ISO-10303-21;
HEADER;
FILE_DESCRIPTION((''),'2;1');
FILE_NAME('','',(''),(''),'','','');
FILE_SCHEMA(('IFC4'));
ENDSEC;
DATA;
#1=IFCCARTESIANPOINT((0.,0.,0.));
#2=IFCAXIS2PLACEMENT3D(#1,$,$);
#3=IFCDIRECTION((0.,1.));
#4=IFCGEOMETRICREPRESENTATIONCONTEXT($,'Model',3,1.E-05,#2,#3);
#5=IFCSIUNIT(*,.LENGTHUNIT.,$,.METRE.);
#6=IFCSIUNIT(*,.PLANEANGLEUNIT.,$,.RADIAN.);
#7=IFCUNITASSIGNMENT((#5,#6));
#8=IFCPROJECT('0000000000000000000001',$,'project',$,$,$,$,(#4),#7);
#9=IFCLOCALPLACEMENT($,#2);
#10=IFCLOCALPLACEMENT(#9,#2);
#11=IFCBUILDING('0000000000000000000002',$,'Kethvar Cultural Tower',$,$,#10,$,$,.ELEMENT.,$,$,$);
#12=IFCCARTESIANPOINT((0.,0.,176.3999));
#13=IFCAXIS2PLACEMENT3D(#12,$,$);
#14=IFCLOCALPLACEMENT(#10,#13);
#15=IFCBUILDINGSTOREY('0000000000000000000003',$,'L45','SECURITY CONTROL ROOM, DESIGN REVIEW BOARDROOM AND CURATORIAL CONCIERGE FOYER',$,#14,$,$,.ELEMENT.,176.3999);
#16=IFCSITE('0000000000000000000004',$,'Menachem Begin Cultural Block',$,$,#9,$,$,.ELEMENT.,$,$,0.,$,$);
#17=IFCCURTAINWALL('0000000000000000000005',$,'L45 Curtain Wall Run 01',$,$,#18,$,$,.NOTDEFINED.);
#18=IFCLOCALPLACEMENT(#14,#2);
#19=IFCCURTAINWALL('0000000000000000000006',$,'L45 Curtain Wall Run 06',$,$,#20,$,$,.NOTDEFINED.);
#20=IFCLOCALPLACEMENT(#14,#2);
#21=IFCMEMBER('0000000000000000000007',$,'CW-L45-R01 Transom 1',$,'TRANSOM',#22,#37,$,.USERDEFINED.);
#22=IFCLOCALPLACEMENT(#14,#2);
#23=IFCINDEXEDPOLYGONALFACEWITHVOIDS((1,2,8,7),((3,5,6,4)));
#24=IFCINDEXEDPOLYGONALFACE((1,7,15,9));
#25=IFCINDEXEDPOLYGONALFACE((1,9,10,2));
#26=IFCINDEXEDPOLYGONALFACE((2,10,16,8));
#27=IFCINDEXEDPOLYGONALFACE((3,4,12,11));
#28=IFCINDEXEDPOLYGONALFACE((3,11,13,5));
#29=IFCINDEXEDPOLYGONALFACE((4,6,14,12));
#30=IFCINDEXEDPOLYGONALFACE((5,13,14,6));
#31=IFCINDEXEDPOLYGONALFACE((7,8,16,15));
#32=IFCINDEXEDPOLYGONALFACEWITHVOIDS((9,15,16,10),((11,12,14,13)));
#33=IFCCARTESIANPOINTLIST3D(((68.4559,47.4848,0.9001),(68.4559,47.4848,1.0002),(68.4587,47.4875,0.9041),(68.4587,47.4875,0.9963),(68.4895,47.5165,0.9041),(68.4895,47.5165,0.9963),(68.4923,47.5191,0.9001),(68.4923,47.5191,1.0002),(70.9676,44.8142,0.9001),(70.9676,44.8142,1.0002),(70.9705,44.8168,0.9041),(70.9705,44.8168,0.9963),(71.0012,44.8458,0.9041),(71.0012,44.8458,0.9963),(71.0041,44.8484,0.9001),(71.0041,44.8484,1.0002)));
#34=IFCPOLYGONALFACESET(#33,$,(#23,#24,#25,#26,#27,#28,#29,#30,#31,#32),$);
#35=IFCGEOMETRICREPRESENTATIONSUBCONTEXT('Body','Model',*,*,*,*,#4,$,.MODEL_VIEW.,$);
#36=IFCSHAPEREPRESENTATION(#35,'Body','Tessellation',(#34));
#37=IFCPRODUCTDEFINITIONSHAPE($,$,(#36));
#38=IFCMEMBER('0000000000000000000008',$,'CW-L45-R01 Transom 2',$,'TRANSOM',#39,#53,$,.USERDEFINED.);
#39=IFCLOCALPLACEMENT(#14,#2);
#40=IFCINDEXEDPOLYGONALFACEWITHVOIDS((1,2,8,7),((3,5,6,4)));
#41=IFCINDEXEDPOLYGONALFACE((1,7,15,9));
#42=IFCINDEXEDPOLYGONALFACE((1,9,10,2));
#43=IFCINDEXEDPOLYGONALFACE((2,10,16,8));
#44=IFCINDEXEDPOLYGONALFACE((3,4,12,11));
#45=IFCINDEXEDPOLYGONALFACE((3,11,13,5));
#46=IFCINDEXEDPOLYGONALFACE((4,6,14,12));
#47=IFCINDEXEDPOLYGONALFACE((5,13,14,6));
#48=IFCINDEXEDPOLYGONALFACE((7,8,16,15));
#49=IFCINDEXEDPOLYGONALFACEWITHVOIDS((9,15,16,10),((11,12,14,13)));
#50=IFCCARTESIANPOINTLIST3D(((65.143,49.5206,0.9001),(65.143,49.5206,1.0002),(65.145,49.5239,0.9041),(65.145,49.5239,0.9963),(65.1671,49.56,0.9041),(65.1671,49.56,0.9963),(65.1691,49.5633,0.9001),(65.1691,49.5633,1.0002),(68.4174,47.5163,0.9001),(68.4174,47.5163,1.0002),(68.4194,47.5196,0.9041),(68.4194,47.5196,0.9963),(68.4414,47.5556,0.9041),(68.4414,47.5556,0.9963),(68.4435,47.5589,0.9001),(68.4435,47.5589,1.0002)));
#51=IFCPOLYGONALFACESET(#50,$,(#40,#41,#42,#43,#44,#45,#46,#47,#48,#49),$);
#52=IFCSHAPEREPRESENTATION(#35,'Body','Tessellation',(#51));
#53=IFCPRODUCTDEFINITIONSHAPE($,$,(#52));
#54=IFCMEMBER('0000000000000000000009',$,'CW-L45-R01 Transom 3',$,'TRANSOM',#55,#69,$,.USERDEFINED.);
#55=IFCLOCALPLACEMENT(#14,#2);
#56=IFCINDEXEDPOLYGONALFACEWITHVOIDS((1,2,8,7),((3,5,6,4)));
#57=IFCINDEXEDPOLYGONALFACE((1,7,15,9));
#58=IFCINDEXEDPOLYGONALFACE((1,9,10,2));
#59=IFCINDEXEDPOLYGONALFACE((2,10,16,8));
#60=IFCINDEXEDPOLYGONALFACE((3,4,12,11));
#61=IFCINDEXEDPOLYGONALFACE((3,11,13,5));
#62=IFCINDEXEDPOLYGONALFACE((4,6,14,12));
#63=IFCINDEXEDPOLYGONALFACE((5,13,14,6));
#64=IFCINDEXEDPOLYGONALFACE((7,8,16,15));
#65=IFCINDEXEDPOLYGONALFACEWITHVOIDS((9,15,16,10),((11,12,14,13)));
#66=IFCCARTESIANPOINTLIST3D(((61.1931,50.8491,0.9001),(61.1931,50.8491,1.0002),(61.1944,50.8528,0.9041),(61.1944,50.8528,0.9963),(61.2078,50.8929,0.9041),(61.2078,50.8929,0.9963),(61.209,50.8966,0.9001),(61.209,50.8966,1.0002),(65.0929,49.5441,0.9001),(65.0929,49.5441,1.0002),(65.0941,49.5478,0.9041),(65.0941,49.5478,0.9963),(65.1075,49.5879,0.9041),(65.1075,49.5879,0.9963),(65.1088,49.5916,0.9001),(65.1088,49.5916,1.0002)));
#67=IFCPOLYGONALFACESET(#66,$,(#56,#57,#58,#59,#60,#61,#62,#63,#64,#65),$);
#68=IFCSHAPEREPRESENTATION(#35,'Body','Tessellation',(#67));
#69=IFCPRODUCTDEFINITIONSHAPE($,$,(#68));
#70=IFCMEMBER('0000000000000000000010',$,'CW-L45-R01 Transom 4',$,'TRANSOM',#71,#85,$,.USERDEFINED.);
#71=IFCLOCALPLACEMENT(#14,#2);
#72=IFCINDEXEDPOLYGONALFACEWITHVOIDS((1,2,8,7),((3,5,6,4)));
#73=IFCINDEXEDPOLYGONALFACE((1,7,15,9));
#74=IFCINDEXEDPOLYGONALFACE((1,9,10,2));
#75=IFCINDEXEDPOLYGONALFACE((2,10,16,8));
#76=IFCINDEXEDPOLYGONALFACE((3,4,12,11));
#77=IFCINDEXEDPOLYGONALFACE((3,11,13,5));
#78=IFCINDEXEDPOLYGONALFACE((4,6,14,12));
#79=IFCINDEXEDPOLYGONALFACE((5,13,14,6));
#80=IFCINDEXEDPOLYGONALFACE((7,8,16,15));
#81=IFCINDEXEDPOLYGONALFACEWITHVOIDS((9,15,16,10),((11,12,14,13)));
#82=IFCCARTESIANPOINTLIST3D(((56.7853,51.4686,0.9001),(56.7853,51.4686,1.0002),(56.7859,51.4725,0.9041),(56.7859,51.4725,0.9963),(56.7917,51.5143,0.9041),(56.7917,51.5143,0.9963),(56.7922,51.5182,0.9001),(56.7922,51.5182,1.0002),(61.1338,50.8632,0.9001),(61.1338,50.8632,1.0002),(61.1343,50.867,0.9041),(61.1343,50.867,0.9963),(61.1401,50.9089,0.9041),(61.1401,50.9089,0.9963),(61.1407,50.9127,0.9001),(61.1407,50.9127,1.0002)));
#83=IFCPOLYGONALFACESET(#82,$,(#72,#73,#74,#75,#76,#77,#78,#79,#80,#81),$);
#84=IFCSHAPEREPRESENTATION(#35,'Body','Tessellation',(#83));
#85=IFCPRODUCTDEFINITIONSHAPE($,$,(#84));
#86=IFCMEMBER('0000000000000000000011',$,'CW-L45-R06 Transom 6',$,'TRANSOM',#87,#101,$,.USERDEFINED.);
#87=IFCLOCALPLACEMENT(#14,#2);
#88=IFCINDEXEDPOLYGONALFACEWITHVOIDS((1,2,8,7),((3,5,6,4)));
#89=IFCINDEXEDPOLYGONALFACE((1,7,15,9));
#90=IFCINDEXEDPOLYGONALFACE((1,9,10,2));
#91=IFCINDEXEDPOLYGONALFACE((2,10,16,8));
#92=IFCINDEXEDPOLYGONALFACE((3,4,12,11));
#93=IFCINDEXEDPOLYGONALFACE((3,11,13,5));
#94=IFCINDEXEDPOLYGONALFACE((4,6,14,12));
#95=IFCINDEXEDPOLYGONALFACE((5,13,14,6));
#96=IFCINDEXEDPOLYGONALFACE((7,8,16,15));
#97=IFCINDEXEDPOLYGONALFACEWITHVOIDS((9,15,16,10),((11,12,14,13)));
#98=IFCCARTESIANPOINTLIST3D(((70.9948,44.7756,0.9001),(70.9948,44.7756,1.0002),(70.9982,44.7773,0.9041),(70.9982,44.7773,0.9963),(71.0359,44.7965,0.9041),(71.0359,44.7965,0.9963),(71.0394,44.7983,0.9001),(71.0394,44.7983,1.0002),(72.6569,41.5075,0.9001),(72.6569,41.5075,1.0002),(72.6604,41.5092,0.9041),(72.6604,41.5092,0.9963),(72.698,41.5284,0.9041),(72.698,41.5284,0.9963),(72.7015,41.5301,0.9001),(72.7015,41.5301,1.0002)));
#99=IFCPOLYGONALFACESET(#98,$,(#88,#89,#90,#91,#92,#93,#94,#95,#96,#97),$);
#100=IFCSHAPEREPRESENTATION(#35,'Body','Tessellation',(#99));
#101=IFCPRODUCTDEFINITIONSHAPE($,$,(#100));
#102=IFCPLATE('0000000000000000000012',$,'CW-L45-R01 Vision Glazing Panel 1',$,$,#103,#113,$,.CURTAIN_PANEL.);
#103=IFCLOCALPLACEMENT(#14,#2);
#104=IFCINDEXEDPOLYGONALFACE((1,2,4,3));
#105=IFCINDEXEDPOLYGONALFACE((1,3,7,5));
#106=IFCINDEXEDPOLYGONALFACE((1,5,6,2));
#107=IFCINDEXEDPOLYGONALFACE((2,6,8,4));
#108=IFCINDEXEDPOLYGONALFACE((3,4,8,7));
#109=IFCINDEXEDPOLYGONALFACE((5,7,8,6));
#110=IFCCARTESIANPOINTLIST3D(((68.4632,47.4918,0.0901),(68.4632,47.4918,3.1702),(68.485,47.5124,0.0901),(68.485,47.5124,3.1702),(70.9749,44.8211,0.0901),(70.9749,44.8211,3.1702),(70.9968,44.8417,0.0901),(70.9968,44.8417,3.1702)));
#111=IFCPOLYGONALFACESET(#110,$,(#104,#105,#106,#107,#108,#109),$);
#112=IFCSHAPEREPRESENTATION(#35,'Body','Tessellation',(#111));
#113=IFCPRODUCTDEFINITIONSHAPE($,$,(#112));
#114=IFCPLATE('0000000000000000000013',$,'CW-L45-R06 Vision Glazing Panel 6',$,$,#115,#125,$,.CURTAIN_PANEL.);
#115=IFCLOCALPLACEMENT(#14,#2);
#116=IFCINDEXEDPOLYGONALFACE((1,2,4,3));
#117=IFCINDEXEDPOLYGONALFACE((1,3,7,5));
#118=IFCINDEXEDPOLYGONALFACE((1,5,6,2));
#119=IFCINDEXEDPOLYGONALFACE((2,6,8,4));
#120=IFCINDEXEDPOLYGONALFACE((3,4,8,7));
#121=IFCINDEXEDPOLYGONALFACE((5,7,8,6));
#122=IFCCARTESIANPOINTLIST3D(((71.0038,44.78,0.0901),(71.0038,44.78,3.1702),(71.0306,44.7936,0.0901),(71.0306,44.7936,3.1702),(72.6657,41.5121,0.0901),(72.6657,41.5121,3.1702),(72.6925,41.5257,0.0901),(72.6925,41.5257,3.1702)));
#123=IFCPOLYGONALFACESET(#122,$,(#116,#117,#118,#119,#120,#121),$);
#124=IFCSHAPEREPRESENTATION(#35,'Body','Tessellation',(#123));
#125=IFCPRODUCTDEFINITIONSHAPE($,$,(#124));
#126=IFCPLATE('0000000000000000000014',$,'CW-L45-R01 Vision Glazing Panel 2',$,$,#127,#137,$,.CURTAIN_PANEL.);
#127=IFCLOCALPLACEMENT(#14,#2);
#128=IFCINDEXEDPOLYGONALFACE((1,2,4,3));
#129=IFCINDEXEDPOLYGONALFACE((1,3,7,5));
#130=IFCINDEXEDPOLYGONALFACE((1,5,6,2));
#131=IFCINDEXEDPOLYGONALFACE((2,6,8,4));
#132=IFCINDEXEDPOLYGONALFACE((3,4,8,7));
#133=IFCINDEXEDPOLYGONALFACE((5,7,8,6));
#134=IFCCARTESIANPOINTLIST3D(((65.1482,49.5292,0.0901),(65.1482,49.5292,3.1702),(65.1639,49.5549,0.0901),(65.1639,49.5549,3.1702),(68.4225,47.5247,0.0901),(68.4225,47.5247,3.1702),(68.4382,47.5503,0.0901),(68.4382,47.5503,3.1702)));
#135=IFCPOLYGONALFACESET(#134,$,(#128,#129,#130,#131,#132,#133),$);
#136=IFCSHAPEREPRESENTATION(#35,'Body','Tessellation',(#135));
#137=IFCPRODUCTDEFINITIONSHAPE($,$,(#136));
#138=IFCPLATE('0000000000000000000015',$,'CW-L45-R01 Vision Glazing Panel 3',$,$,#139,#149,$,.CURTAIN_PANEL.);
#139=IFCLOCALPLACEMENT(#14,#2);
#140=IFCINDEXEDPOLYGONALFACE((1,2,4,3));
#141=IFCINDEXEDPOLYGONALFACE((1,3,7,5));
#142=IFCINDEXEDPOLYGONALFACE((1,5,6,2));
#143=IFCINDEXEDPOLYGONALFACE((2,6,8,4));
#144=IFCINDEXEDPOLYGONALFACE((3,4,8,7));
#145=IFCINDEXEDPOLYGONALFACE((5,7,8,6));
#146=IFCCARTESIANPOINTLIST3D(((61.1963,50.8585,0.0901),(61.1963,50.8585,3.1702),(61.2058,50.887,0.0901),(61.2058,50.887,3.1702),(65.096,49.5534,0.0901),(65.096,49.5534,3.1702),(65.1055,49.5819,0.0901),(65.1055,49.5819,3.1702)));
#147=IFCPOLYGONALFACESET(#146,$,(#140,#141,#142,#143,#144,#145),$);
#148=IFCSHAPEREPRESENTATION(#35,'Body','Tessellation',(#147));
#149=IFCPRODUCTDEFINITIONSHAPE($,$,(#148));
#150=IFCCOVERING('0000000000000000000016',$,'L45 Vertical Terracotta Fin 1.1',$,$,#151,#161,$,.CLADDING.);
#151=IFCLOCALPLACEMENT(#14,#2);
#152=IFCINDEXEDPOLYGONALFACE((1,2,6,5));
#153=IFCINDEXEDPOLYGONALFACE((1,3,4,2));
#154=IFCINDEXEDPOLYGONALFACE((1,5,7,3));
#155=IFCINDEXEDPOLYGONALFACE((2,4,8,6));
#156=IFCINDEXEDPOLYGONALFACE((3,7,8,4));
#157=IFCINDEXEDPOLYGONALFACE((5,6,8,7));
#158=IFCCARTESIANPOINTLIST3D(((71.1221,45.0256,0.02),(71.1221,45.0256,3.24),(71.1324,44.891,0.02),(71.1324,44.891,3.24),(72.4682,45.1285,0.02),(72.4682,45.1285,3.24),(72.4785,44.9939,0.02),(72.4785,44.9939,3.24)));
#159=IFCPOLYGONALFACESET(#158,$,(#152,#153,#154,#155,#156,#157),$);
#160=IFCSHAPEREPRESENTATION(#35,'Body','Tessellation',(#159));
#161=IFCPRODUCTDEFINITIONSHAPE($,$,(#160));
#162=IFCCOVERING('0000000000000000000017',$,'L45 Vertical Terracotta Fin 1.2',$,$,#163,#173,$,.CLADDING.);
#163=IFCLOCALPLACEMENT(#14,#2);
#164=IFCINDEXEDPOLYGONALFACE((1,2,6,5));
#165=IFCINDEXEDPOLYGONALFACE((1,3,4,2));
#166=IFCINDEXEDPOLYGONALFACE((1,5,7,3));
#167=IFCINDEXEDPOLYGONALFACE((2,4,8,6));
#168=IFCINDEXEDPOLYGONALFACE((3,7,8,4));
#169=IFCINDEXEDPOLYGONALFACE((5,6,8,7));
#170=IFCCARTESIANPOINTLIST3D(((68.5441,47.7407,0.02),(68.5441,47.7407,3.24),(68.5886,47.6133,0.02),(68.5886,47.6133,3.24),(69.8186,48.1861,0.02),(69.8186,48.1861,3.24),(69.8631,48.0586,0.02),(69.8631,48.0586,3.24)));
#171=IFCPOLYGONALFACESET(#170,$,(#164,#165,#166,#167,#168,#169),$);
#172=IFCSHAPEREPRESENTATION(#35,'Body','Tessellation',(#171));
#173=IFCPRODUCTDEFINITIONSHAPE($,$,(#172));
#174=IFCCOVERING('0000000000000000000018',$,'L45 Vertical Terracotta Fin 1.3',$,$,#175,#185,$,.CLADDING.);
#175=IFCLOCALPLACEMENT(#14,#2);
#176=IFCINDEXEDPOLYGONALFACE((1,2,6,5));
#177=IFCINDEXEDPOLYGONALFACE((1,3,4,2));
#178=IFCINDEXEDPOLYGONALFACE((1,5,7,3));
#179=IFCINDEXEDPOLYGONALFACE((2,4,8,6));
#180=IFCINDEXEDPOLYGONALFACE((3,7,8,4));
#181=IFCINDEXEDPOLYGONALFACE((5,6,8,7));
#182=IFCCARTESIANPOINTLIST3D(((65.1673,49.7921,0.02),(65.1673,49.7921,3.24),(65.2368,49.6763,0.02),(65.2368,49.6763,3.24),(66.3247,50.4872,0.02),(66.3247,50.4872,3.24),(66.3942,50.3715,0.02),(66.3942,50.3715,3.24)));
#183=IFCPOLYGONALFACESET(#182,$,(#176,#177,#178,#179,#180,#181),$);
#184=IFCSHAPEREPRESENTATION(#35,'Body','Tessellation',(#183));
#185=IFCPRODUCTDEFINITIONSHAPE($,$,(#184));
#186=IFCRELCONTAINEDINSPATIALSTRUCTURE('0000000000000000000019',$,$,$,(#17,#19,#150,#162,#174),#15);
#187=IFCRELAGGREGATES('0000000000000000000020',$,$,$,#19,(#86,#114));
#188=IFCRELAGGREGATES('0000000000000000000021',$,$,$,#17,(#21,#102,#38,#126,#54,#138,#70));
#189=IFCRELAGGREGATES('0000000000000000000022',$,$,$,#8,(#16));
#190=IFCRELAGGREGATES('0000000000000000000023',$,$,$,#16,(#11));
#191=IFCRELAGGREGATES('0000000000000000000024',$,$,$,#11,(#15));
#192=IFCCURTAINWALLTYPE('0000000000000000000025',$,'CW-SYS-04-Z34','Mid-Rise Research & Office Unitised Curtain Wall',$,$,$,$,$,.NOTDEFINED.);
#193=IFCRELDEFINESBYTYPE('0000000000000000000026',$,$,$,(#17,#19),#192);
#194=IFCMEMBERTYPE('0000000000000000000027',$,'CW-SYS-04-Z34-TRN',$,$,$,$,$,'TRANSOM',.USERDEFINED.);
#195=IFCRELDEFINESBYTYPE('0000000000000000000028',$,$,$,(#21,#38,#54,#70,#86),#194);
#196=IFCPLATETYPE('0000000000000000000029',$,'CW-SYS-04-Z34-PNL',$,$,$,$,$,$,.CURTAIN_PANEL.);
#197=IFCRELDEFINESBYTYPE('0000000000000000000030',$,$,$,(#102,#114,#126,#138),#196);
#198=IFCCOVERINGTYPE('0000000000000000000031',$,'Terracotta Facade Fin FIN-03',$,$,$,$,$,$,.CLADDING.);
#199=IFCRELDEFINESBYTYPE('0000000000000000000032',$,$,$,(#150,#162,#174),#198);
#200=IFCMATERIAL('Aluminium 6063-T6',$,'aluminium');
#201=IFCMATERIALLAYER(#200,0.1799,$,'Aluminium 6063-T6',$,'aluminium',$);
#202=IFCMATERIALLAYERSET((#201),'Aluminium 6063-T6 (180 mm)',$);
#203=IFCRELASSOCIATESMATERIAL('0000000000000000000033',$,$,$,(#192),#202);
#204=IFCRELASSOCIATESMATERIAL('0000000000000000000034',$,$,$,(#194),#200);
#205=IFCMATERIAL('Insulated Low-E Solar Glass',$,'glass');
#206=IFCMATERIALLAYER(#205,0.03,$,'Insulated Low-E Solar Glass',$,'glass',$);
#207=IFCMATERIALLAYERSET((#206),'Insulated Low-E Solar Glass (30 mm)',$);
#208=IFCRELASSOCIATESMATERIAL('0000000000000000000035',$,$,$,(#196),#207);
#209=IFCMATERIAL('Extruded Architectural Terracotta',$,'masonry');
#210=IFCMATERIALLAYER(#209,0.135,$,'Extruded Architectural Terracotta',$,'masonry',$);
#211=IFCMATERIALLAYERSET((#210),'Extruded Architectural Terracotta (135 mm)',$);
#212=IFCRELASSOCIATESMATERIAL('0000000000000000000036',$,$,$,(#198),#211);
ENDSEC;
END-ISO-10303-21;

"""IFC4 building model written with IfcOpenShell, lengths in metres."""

from ifc_helpers import new_model, si_unit, direction, frame, origin, origin_2d, place, context, subcontext, project, spatial, rectangle, hollow_rectangle, extrude, source, transform, mapped, material, layer, layer_set, material_profile, profile_set, type_object, element, aggregate, save


model = new_model("IFC4")

# Units and contexts
model_context = context("Model", 3, precision=1e-05, world=origin(), true_north=direction((0.0, 1.0)))
body_context = subcontext(model_context, "Body", "Model", "MODEL_VIEW")
ifc_project = project(units=[si_unit("LENGTHUNIT", "METRE"), si_unit("PLANEANGLEUNIT", "RADIAN")], contexts=[model_context])

# Site, building, storey
site_placement = place(None, origin())
site = spatial("IfcSite", under=ifc_project, at=site_placement, Name="Menachem Begin Cultural Block", CompositionType="ELEMENT", RefElevation=0.0)
building_placement = place(site_placement, origin())
building = spatial("IfcBuilding", under=site, at=building_placement, Name="Kethvar Cultural Tower", CompositionType="ELEMENT")
storey_placement = place(building_placement, frame((0.0, 0.0, 176.3999)))
storey = spatial("IfcBuildingStorey", under=building, at=storey_placement, Name="L45", Description="SECURITY CONTROL ROOM, DESIGN REVIEW BOARDROOM AND CURATORIAL CONCIERGE FOYER", CompositionType="ELEMENT", Elevation=176.3999)

# Curtain wall
ifc_material_1 = material(Name="Aluminium 6063-T6", Category="aluminium")
ifc_layer_1 = layer(ifc_material_1, 0.1799, Name="Aluminium 6063-T6", Category="aluminium")
ifc_layer_set_1 = layer_set([ifc_layer_1], Name="Aluminium 6063-T6 (180 mm)")
curtain_wall_type = type_object("IfcCurtainWallType", Name="CW-SYS-04-Z34", Description="Mid-Rise Research & Office Unitised Curtain Wall", PredefinedType="NOTDEFINED", material=ifc_layer_set_1)
curtain_wall_1_placement = place(storey_placement, origin())
curtain_wall_1 = element("IfcCurtainWall", 1, at=curtain_wall_1_placement, inside=storey, type_object=curtain_wall_type, Name="L45 Curtain Wall Run 01", PredefinedType="NOTDEFINED")

# Curtain wall
curtain_wall_2_placement = place(storey_placement, origin())
curtain_wall_2 = element("IfcCurtainWall", 2, at=curtain_wall_2_placement, inside=storey, type_object=curtain_wall_type, Name="L45 Curtain Wall Run 06", PredefinedType="NOTDEFINED")

# Members
ifc_material_profile_1 = material_profile(ifc_material_1, hollow_rectangle(XDim=0.05, YDim=0.1001, WallThickness=0.0039, at=origin_2d()), Name="Aluminium 6063-T6 — RHS100x50x4")
ifc_profile_set_1 = profile_set([ifc_material_profile_1], Name="Aluminium 6063-T6 — RHS100x50x4")
member_type_1 = type_object("IfcMemberType", Name="CW-SYS-04-Z34-TRN", ElementType="TRANSOM", PredefinedType="USERDEFINED", material=ifc_profile_set_1)
shared_shape_1 = source(origin(), body_context, "Body", "SweptSolid", [
    extrude(hollow_rectangle(XDim=0.05, YDim=0.1001, WallThickness=0.0039, at=origin_2d()), origin(), (0.0, 0.0, 1.0), 3.6663),
])
member_1_placement = place(storey_placement, frame((70.9858, 44.8313, 0.9502), z_axis=(-0.685099, 0.72845, 0.0), x_axis=(-0.72845, -0.685099, 0.0)))
member_1 = element("IfcMember", 3, at=member_1_placement, type_object=member_type_1, Name="CW-L45-R01 Transom 1", ObjectType="TRANSOM", PredefinedType="USERDEFINED", context=body_context, shape_type="MappedRepresentation", body=[
    mapped(shared_shape_1, transform((0.0, 0.0, 0.0), scale=1.0)),
])
shared_shape_2 = source(origin(), body_context, "Body", "SweptSolid", [
    extrude(hollow_rectangle(XDim=0.05, YDim=0.1001, WallThickness=0.0039, at=origin_2d()), origin(), (0.0, 0.0, 1.0), 3.8391),
])
member_2_placement = place(storey_placement, frame((68.4304, 47.5376, 0.9502), z_axis=(-0.852892, 0.522088, 0.0), x_axis=(-0.522088, -0.852892, 0.0)))
member_2 = element("IfcMember", 4, at=member_2_placement, type_object=member_type_1, Name="CW-L45-R01 Transom 2", ObjectType="TRANSOM", PredefinedType="USERDEFINED", context=body_context, shape_type="MappedRepresentation", body=[
    mapped(shared_shape_2, transform((0.0, 0.0, 0.0), scale=1.0)),
])
shared_shape_3 = source(origin(), body_context, "Body", "SweptSolid", [
    extrude(hollow_rectangle(XDim=0.05, YDim=0.1001, WallThickness=0.0039, at=origin_2d()), origin(), (0.0, 0.0, 1.0), 4.1123),
])
member_3_placement = place(storey_placement, frame((65.1008, 49.5679, 0.9502), z_axis=(-0.948315, 0.317332, 0.0), x_axis=(-0.317332, -0.948315, 0.0)))
member_3 = element("IfcMember", 5, at=member_3_placement, type_object=member_type_1, Name="CW-L45-R01 Transom 3", ObjectType="TRANSOM", PredefinedType="USERDEFINED", context=body_context, shape_type="MappedRepresentation", body=[
    mapped(shared_shape_3, transform((0.0, 0.0, 0.0), scale=1.0)),
])
shared_shape_4 = source(origin(), body_context, "Body", "SweptSolid", [
    extrude(hollow_rectangle(XDim=0.05, YDim=0.1001, WallThickness=0.0039, at=origin_2d()), origin(), (0.0, 0.0, 1.0), 4.3904),
])
member_4_placement = place(storey_placement, frame((61.1372, 50.8879, 0.9502), z_axis=(-0.990445, 0.137909, 0.0), x_axis=(-0.137909, -0.990445, 0.0)))
member_4 = element("IfcMember", 6, at=member_4_placement, type_object=member_type_1, Name="CW-L45-R01 Transom 4", ObjectType="TRANSOM", PredefinedType="USERDEFINED", context=body_context, shape_type="MappedRepresentation", body=[
    mapped(shared_shape_4, transform((0.0, 0.0, 0.0), scale=1.0)),
])
shared_shape_5 = source(origin(), body_context, "Body", "SweptSolid", [
    extrude(hollow_rectangle(XDim=0.05, YDim=0.1001, WallThickness=0.0039, at=origin_2d()), origin(), (0.0, 0.0, 1.0), 3.6665),
])
member_5_placement = place(storey_placement, frame((72.6792, 41.5188, 0.9502), z_axis=(-0.453329, 0.891343, 0.0), x_axis=(-0.891343, -0.453329, 0.0)))
member_5 = element("IfcMember", 7, at=member_5_placement, type_object=member_type_1, Name="CW-L45-R06 Transom 6", ObjectType="TRANSOM", PredefinedType="USERDEFINED", context=body_context, shape_type="MappedRepresentation", body=[
    mapped(shared_shape_5, transform((0.0, 0.0, 0.0), scale=1.0)),
])

# Plates
ifc_material_2 = material(Name="Insulated Low-E Solar Glass", Category="glass")
ifc_layer_2 = layer(ifc_material_2, 0.03, Name="Insulated Low-E Solar Glass", Category="glass")
ifc_layer_set_2 = layer_set([ifc_layer_2], Name="Insulated Low-E Solar Glass (30 mm)")
plate_type = type_object("IfcPlateType", Name="CW-SYS-04-Z34-PNL", PredefinedType="CURTAIN_PANEL", material=ifc_layer_set_2)
shared_shape_6 = source(origin(), body_context, "Body", "SweptSolid", [
    extrude(rectangle(XDim=3.6663, YDim=0.03, at=origin_2d()), origin(), (0.0, 0.0, 1.0), 3.0801),
])
plate_1_placement = place(storey_placement, frame((69.73, 46.1667, 0.0901), z_axis=(0.0, 0.0, 1.0), x_axis=(-0.685107, 0.728443, 0.0)))
plate_1 = element("IfcPlate", 8, at=plate_1_placement, type_object=plate_type, Name="CW-L45-R01 Vision Glazing Panel 1", PredefinedType="CURTAIN_PANEL", context=body_context, shape_type="MappedRepresentation", body=[
    mapped(shared_shape_6, transform((0.0, 0.0, 0.0), scale=1.0)),
])
plate_2_placement = place(storey_placement, frame((71.8481, 43.1528, 0.0901), z_axis=(0.0, 0.0, 1.0), x_axis=(-0.453306, 0.891355, 0.0)))
plate_2 = element("IfcPlate", 9, at=plate_2_placement, type_object=plate_type, Name="CW-L45-R06 Vision Glazing Panel 6", PredefinedType="CURTAIN_PANEL", context=body_context, shape_type="MappedRepresentation", body=[
    mapped(shared_shape_6, transform((0.0, 0.0, 0.0), scale=1.0)),
])
aggregate(curtain_wall_2, [member_5, plate_2])
shared_shape_7 = source(origin(), body_context, "Body", "SweptSolid", [
    extrude(rectangle(XDim=3.8391, YDim=0.03, at=origin_2d()), origin(), (0.0, 0.0, 1.0), 3.0801),
])
plate_3_placement = place(storey_placement, frame((66.7932, 48.5398, 0.0901), z_axis=(0.0, 0.0, 1.0), x_axis=(-0.852868, 0.522126, 0.0)))
plate_3 = element("IfcPlate", 10, at=plate_3_placement, type_object=plate_type, Name="CW-L45-R01 Vision Glazing Panel 2", PredefinedType="CURTAIN_PANEL", context=body_context, shape_type="MappedRepresentation", body=[
    mapped(shared_shape_7, transform((0.0, 0.0, 0.0), scale=1.0)),
])
shared_shape_8 = source(origin(), body_context, "Body", "SweptSolid", [
    extrude(rectangle(XDim=4.1123, YDim=0.03, at=origin_2d()), origin(), (0.0, 0.0, 1.0), 3.0801),
])
plate_4_placement = place(storey_placement, frame((63.1509, 50.2202, 0.0901), z_axis=(0.0, 0.0, 1.0), x_axis=(-0.948302, 0.317371, 0.0)))
plate_4 = element("IfcPlate", 11, at=plate_4_placement, type_object=plate_type, Name="CW-L45-R01 Vision Glazing Panel 3", PredefinedType="CURTAIN_PANEL", context=body_context, shape_type="MappedRepresentation", body=[
    mapped(shared_shape_8, transform((0.0, 0.0, 0.0), scale=1.0)),
])
aggregate(curtain_wall_1, [member_1, plate_1, member_2, plate_3, member_3, plate_4, member_4])

# Coverings
ifc_material_3 = material(Name="Extruded Architectural Terracotta", Category="masonry")
ifc_layer_3 = layer(ifc_material_3, 0.135, Name="Extruded Architectural Terracotta", Category="masonry")
ifc_layer_set_3 = layer_set([ifc_layer_3], Name="Extruded Architectural Terracotta (135 mm)")
covering_type = type_object("IfcCoveringType", Name="Terracotta Facade Fin FIN-03", PredefinedType="CLADDING", material=ifc_layer_set_3)
shared_shape_9 = source(origin(), body_context, "Body", "SweptSolid", [
    extrude(rectangle(XDim=1.3501, YDim=0.135, at=origin_2d()), origin(), (0.0, 0.0, 1.0), 3.22),
])
for number, where, z_axis, x_axis, name in (
    (12, (71.8003, 45.0098, 0.02), (0.0, 0.0, 1.0), (0.997093, 0.076197, 0.0), "L45 Vertical Terracotta Fin 1.1"),
    (13, (69.2036, 47.8997, 0.02), (0.0, 0.0, 1.0), (0.944031, 0.329855, 0.0), "L45 Vertical Terracotta Fin 1.2"),
    (14, (65.7808, 50.0818, 0.02), (0.0, 0.0, 1.0), (0.857257, 0.514888, 0.0), "L45 Vertical Terracotta Fin 1.3"),
):
    element("IfcCovering", number, at=place(storey_placement, frame(where, z_axis=z_axis, x_axis=x_axis)), inside=storey, type_object=covering_type, Name=name, PredefinedType="CLADDING", context=body_context, shape_type="MappedRepresentation", body=[
        mapped(shared_shape_9, transform((0.0, 0.0, 0.0), scale=1.0)),
    ])

save(model, "model.ifc")
